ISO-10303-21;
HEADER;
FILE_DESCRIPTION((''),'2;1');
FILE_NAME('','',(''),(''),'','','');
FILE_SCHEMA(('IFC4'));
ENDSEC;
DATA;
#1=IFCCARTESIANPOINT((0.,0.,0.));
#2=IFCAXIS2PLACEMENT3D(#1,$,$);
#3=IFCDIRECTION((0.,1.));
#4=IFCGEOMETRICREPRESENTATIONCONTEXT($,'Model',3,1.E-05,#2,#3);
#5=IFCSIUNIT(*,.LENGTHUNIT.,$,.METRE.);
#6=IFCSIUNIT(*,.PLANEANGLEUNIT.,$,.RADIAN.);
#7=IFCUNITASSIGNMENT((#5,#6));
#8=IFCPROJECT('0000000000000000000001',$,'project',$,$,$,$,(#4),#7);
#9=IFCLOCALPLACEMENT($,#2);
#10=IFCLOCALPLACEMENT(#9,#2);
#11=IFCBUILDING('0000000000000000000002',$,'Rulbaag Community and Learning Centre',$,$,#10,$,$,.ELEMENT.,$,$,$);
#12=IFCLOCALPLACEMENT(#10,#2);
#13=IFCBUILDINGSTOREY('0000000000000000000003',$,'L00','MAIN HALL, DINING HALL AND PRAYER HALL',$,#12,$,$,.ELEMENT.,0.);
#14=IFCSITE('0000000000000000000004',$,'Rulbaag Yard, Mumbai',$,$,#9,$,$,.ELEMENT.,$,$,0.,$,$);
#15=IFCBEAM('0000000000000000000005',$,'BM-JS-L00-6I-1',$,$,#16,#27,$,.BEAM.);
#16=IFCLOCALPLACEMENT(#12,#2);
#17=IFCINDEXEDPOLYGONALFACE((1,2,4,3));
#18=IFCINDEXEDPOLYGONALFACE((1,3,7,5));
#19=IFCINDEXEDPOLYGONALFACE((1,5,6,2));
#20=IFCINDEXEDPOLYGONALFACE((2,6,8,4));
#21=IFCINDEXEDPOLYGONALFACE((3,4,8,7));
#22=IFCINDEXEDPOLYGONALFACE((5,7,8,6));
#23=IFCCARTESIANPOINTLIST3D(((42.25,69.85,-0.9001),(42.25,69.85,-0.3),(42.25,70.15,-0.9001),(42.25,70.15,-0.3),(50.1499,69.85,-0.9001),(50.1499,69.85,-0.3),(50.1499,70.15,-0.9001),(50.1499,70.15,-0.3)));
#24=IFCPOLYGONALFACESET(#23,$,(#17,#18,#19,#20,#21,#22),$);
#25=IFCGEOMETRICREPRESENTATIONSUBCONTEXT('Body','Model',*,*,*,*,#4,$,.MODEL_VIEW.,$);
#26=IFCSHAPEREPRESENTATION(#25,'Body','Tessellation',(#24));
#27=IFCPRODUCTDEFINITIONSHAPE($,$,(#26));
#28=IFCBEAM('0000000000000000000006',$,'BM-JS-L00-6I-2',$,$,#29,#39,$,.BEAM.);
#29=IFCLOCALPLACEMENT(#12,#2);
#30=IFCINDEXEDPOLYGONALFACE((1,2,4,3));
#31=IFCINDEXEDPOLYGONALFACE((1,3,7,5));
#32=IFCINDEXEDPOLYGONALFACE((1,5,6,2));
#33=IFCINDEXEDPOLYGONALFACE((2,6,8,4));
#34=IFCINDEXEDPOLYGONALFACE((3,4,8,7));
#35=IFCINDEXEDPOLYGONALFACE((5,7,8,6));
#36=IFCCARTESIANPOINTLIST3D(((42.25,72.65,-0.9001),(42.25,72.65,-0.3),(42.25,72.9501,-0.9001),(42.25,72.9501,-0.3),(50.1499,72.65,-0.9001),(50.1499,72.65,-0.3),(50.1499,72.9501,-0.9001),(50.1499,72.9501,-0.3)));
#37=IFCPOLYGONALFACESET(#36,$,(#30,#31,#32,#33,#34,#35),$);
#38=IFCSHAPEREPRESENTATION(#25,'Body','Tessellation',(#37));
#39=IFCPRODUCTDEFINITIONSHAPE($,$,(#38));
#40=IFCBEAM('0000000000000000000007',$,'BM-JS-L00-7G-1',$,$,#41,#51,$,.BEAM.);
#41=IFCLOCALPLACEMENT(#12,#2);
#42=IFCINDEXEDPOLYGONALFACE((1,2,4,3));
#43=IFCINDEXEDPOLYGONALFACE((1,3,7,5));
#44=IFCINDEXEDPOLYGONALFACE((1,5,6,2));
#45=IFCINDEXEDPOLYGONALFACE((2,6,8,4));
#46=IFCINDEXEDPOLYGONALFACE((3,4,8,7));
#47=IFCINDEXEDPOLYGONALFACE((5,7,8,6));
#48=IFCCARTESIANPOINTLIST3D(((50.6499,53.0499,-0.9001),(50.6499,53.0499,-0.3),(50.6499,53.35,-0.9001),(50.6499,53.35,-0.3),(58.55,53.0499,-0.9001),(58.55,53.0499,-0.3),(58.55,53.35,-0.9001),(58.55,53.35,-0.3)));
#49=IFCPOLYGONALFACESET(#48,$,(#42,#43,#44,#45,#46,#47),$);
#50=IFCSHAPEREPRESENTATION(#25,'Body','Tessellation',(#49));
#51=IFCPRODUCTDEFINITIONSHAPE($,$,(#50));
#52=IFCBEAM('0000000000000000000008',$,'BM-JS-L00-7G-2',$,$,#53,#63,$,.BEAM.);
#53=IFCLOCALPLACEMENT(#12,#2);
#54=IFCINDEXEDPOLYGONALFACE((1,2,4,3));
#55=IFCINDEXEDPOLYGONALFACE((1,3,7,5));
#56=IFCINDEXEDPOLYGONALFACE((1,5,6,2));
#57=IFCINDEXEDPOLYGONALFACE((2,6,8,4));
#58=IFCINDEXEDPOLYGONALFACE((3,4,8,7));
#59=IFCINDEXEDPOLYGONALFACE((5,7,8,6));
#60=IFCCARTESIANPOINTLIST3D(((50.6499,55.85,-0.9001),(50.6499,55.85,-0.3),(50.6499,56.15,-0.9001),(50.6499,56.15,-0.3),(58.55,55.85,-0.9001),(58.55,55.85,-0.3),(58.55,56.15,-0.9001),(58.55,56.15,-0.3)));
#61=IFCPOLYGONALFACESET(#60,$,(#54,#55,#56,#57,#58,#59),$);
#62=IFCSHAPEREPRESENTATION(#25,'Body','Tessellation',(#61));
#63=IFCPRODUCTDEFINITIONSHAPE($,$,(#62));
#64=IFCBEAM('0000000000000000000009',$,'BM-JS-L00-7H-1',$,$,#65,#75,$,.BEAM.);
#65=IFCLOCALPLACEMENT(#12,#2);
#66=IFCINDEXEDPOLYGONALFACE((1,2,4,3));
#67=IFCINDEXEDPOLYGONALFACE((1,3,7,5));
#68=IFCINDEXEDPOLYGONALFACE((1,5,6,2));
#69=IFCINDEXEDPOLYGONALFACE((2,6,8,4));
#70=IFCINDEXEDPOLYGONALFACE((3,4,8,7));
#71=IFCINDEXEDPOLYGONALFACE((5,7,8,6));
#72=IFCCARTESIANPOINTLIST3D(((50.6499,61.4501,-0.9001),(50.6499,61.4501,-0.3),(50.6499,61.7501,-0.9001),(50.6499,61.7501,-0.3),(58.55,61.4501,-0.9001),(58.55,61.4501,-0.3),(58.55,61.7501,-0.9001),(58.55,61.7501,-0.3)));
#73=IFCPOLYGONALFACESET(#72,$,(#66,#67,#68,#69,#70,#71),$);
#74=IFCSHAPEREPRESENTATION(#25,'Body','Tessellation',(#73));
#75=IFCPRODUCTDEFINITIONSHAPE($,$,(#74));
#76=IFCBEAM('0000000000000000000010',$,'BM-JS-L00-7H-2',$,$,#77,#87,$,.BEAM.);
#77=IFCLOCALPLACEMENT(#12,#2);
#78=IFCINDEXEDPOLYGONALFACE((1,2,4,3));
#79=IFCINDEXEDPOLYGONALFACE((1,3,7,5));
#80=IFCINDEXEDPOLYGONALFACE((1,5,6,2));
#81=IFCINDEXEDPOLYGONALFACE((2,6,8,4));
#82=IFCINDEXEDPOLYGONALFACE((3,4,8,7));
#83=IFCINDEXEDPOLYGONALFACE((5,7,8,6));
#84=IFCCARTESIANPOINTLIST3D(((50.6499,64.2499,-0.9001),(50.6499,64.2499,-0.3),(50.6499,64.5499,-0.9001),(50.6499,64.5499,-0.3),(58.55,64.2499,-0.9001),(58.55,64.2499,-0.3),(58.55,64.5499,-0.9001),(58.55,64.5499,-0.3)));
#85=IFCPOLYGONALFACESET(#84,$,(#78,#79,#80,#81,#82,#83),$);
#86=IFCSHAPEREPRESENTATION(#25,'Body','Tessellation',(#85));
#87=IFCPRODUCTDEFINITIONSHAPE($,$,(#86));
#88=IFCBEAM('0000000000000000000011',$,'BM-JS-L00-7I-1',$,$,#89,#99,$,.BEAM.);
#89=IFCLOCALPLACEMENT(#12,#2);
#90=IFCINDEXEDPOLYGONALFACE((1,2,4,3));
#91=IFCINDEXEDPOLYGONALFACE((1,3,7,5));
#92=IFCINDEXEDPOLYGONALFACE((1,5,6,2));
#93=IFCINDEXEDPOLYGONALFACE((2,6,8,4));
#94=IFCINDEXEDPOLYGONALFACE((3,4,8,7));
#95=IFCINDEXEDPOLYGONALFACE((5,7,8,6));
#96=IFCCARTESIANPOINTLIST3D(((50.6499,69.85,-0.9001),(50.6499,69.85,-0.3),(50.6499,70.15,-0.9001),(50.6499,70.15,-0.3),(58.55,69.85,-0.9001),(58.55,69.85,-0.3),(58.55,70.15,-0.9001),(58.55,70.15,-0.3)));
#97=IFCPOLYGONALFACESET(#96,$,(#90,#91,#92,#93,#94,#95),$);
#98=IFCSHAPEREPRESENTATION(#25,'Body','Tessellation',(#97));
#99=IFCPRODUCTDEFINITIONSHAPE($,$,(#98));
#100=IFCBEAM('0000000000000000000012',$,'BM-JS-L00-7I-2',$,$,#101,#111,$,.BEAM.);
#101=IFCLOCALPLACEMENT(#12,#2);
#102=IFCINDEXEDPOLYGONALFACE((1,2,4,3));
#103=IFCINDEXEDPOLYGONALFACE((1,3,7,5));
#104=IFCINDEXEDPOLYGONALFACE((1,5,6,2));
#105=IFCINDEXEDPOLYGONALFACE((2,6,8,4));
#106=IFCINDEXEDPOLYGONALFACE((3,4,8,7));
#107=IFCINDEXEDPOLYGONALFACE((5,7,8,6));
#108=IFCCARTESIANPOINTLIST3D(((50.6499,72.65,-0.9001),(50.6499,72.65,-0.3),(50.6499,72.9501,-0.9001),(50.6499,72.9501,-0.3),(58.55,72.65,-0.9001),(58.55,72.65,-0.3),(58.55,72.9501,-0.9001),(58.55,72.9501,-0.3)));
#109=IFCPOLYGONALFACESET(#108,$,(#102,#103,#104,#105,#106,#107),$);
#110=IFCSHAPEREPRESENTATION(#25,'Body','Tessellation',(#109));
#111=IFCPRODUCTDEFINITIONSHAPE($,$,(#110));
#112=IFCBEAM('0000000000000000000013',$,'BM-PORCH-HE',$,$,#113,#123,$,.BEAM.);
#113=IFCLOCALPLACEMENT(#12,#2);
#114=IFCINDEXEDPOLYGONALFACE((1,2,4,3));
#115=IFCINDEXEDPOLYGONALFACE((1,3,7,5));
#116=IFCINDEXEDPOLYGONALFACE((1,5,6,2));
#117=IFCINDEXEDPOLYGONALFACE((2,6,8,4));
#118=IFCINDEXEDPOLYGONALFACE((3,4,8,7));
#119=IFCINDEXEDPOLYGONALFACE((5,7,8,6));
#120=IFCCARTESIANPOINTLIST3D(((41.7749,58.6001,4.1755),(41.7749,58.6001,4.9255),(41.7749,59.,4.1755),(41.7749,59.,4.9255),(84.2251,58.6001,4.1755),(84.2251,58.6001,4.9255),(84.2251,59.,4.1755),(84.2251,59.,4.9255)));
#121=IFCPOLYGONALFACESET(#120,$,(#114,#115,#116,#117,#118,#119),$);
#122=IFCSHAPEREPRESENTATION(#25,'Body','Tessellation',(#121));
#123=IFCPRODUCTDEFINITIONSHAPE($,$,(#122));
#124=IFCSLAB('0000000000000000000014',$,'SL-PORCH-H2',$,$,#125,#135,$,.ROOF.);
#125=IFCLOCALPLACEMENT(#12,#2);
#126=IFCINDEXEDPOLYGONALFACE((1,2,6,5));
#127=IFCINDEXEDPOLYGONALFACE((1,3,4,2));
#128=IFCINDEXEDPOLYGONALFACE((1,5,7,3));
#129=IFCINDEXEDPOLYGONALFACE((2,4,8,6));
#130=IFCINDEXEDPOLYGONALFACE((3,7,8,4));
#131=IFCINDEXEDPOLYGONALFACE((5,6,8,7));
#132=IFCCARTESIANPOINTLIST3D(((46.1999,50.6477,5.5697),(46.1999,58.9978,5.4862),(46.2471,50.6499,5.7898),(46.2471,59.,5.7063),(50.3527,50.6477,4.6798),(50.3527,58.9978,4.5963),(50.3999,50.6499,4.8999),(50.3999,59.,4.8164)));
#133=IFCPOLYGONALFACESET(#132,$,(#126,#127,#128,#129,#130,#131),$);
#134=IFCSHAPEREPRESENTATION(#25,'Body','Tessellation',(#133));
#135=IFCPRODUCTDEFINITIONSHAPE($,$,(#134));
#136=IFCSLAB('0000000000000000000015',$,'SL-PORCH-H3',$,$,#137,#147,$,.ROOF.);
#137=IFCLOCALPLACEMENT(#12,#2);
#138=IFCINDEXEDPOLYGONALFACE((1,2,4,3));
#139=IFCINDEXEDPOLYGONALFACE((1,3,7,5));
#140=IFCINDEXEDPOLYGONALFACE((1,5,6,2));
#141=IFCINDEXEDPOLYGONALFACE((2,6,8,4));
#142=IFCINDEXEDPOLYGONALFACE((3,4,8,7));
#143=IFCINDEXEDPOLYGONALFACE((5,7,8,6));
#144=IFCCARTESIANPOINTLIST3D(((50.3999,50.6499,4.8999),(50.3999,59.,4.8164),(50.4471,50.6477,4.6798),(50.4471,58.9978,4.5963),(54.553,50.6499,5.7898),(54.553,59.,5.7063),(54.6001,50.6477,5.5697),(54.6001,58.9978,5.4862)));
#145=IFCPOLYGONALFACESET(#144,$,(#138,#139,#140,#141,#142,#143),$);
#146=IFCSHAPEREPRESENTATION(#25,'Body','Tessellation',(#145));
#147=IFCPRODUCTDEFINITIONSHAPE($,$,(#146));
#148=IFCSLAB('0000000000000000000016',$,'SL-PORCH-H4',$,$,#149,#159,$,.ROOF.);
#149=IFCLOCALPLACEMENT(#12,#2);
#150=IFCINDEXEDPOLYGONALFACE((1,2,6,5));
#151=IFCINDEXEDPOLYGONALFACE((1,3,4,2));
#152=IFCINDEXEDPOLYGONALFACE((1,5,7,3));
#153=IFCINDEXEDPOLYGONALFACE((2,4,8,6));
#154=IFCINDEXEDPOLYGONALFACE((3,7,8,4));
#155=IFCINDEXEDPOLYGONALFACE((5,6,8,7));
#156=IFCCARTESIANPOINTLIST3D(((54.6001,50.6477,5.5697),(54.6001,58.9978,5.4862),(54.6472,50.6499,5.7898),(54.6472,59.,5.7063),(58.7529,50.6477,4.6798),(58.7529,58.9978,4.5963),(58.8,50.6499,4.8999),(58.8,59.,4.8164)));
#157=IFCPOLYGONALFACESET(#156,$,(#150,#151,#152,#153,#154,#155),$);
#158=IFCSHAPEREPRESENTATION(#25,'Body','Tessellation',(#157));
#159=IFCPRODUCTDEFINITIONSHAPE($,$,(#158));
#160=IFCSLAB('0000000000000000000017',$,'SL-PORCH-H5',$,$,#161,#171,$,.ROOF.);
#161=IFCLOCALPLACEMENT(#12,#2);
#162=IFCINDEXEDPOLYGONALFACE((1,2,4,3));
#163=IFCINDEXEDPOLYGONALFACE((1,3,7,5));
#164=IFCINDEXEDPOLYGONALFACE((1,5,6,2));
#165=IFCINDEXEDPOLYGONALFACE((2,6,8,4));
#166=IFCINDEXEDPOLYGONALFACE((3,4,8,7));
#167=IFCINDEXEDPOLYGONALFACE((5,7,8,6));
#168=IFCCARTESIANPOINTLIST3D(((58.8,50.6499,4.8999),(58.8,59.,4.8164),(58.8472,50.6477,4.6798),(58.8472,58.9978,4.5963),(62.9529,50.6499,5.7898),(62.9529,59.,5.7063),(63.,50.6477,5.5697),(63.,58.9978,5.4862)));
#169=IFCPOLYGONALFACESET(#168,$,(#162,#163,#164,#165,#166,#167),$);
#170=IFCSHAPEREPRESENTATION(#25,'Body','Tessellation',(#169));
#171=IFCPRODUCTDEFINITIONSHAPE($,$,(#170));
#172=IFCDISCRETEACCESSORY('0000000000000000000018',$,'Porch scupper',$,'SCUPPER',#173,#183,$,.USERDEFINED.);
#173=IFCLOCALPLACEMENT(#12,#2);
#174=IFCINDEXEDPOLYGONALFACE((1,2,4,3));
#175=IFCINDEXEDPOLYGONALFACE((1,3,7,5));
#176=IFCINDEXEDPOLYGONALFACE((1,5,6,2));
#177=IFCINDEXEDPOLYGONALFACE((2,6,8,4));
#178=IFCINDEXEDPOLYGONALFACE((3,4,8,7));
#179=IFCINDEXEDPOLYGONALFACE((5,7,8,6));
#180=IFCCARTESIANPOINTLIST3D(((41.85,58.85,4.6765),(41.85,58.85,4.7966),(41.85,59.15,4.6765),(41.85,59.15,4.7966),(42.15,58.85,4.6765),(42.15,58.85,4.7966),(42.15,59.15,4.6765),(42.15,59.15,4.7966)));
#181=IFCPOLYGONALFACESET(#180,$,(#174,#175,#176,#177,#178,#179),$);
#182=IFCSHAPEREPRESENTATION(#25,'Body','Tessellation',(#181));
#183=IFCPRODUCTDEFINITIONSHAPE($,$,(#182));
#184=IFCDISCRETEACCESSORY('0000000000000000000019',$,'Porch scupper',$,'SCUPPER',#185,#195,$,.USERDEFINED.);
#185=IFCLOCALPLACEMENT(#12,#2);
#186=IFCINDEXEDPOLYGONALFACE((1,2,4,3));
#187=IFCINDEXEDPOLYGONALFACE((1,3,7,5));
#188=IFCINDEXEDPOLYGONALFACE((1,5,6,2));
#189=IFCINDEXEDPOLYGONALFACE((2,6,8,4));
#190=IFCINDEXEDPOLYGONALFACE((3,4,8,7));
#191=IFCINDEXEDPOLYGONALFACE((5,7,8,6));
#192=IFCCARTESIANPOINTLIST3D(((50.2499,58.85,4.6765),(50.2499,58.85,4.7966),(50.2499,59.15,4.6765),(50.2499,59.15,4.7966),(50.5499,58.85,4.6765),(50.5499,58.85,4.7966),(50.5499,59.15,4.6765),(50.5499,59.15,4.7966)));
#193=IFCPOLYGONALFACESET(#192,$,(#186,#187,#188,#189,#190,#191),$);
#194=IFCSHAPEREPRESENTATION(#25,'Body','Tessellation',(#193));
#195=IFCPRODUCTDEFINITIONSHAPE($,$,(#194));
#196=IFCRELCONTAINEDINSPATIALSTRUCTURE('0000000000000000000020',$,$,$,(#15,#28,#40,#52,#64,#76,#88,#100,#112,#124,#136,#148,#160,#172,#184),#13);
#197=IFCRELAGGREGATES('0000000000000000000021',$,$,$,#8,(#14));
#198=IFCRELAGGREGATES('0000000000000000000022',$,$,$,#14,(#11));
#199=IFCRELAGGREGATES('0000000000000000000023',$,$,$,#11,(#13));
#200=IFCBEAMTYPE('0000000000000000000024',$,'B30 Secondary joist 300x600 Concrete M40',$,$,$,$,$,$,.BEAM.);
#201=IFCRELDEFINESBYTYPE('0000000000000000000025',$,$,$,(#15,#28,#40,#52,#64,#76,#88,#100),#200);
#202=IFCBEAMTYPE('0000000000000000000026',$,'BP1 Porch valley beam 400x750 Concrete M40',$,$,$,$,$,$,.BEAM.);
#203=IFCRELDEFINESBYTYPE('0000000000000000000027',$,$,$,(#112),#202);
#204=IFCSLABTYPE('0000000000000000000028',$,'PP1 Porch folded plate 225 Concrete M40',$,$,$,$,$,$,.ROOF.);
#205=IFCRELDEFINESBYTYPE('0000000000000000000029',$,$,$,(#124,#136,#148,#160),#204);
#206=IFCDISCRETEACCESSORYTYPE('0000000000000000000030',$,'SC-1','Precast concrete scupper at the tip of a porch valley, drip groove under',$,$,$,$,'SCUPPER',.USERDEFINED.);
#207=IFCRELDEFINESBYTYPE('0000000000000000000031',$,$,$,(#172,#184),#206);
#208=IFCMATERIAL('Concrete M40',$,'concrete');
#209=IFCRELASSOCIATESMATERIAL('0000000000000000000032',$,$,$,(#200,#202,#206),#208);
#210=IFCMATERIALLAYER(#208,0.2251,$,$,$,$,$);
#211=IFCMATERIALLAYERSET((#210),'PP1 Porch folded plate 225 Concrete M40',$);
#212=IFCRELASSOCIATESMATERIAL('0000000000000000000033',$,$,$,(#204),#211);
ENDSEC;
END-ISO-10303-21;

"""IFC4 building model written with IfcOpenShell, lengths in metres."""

from ifc_helpers import new_model, si_unit, direction, frame, origin, origin_2d, place, context, subcontext, project, spatial, polyline, rectangle, outline, extrude, material, layer, layer_set, material_profile, profile_set, type_object, element, save


model = new_model("IFC4")

# Units and contexts
model_context = context("Model", 3, precision=1e-05, world=origin(), true_north=direction((0.0, 1.0)))
body_context = subcontext(model_context, "Body", "Model", "MODEL_VIEW")
ifc_project = project(units=[si_unit("LENGTHUNIT", "METRE"), si_unit("PLANEANGLEUNIT", "RADIAN")], contexts=[model_context])

# Site, building, storey
site_placement = place(None, origin())
site = spatial("IfcSite", under=ifc_project, at=site_placement, Name="Rulbaag Yard, Mumbai", CompositionType="ELEMENT", RefElevation=0.0)
building_placement = place(site_placement, origin())
building = spatial("IfcBuilding", under=site, at=building_placement, Name="Rulbaag Community and Learning Centre", CompositionType="ELEMENT")
storey_placement = place(building_placement, origin())
storey = spatial("IfcBuildingStorey", under=building, at=storey_placement, Name="L00", Description="MAIN HALL, DINING HALL AND PRAYER HALL", CompositionType="ELEMENT", Elevation=0.0)

# Shared definitions
ifc_material = material(Name="Concrete M40", Category="concrete")

# Beams
ifc_material_profile_1 = material_profile(ifc_material, rectangle(XDim=0.3, YDim=0.6001, at=origin_2d()), Name="RB300x600")
ifc_profile_set_1 = profile_set([ifc_material_profile_1], Name="Concrete M40")
beam_type_1 = type_object("IfcBeamType", Name="B30 Secondary joist 300x600 Concrete M40", PredefinedType="BEAM", material=ifc_profile_set_1)
for number, where, z_axis, x_axis, name in (
    (1, (42.25, 70.0, -0.6001), (1.0, 0.0, 0.0), (0.0, 1.0, 0.0), "BM-JS-L00-6I-1"),
    (2, (42.25, 72.8, -0.6001), (1.0, 0.0, 0.0), (0.0, 1.0, 0.0), "BM-JS-L00-6I-2"),
):
    element("IfcBeam", number, at=place(storey_placement, frame(where, z_axis=z_axis, x_axis=x_axis)), inside=storey, type_object=beam_type_1, Name=name, PredefinedType="BEAM", context=body_context, shape_type="SweptSolid", body=[
        extrude(rectangle(XDim=0.3, YDim=0.6001, at=origin_2d()), origin(), (0.0, 0.0, 1.0), 7.8999),
    ])
for number, where, z_axis, x_axis, name in (
    (3, (50.6499, 53.2, -0.6001), (1.0, 0.0, 0.0), (0.0, 1.0, 0.0), "BM-JS-L00-7G-1"),
    (4, (50.6499, 56.0, -0.6001), (1.0, 0.0, 0.0), (0.0, 1.0, 0.0), "BM-JS-L00-7G-2"),
    (5, (50.6499, 61.6001, -0.6001), (1.0, 0.0, 0.0), (0.0, 1.0, 0.0), "BM-JS-L00-7H-1"),
    (6, (50.6499, 64.3999, -0.6001), (1.0, 0.0, 0.0), (0.0, 1.0, 0.0), "BM-JS-L00-7H-2"),
    (7, (50.6499, 70.0, -0.6001), (1.0, 0.0, 0.0), (0.0, 1.0, 0.0), "BM-JS-L00-7I-1"),
    (8, (50.6499, 72.8, -0.6001), (1.0, 0.0, 0.0), (0.0, 1.0, 0.0), "BM-JS-L00-7I-2"),
):
    element("IfcBeam", number, at=place(storey_placement, frame(where, z_axis=z_axis, x_axis=x_axis)), inside=storey, type_object=beam_type_1, Name=name, PredefinedType="BEAM", context=body_context, shape_type="SweptSolid", body=[
        extrude(rectangle(XDim=0.3, YDim=0.6001, at=origin_2d()), origin(), (0.0, 0.0, 1.0), 7.9001),
    ])
ifc_material_profile_2 = material_profile(ifc_material, rectangle(XDim=0.3999, YDim=0.75, at=origin_2d()), Name="RB400x750")
ifc_profile_set_2 = profile_set([ifc_material_profile_2], Name="Concrete M40")
beam_type_2 = type_object("IfcBeamType", Name="BP1 Porch valley beam 400x750 Concrete M40", PredefinedType="BEAM", material=ifc_profile_set_2)
beam_placement = place(storey_placement, frame((41.7749, 58.8, 4.5505), z_axis=(1.0, 0.0, 0.0), x_axis=(0.0, 1.0, 0.0)))
element("IfcBeam", 9, at=beam_placement, inside=storey, type_object=beam_type_2, Name="BM-PORCH-HE", PredefinedType="BEAM", context=body_context, shape_type="SweptSolid", body=[
    extrude(rectangle(XDim=0.3999, YDim=0.75, at=origin_2d()), origin(), (0.0, 0.0, 1.0), 42.4502),
])

# Slabs
ifc_layer = layer(ifc_material, 0.2251)
ifc_layer_set = layer_set([ifc_layer], Name="PP1 Porch folded plate 225 Concrete M40")
slab_type = type_object("IfcSlabType", Name="PP1 Porch folded plate 225 Concrete M40", PredefinedType="ROOF", material=ifc_layer_set)
slab_1_placement = place(storey_placement, frame((46.2471, 50.6499, 5.7898), z_axis=(0.209519, 0.009777, 0.977756), x_axis=(0.0, 0.99995, -0.009999)))
element("IfcSlab", 10, at=slab_1_placement, inside=storey, type_object=slab_type, Name="SL-PORCH-H2", PredefinedType="ROOF", context=body_context, shape_type="SweptSolid", body=[
    extrude(outline(polyline([(0.0, 0.0), (8.3505, 0.0), (8.3594, -4.2471), (0.0089, -4.2471), (0.0, 0.0)])), origin(), (0.0, 0.0, -1.0), 0.2251),
])
slab_2_placement = place(storey_placement, frame((50.3999, 50.6499, 4.8999), z_axis=(-0.209507, 0.009777, 0.977758), x_axis=(0.0, 0.99995, -0.009999)))
element("IfcSlab", 11, at=slab_2_placement, inside=storey, type_object=slab_type, Name="SL-PORCH-H3", PredefinedType="ROOF", context=body_context, shape_type="SweptSolid", body=[
    extrude(outline(polyline([(0.0, 0.0), (8.3505, 0.0), (8.3416, -4.2473), (-0.0089, -4.2473), (0.0, 0.0)])), origin(), (0.0, 0.0, -1.0), 0.2251),
])
slab_3_placement = place(storey_placement, frame((54.6472, 50.6499, 5.7898), z_axis=(0.209519, 0.009777, 0.977756), x_axis=(0.0, 0.99995, -0.009999)))
element("IfcSlab", 12, at=slab_3_placement, inside=storey, type_object=slab_type, Name="SL-PORCH-H4", PredefinedType="ROOF", context=body_context, shape_type="SweptSolid", body=[
    extrude(outline(polyline([(0.0, 0.0), (8.3505, 0.0), (8.3594, -4.2471), (0.0089, -4.2471), (0.0, 0.0)])), origin(), (0.0, 0.0, -1.0), 0.2251),
])
slab_4_placement = place(storey_placement, frame((58.8, 50.6499, 4.8999), z_axis=(-0.209519, 0.009777, 0.977756), x_axis=(0.0, 0.99995, -0.009999)))
element("IfcSlab", 13, at=slab_4_placement, inside=storey, type_object=slab_type, Name="SL-PORCH-H5", PredefinedType="ROOF", context=body_context, shape_type="SweptSolid", body=[
    extrude(outline(polyline([(0.0, 0.0), (8.3505, 0.0), (8.3416, -4.2471), (-0.0089, -4.2471), (0.0, 0.0)])), origin(), (0.0, 0.0, -1.0), 0.2251),
])

# Discrete accessories
discrete_accessory_type = type_object("IfcDiscreteAccessoryType", Name="SC-1", Description="Precast concrete scupper at the tip of a porch valley, drip groove under", ElementType="SCUPPER", PredefinedType="USERDEFINED", material=ifc_material)
for number, where, z_axis, x_axis, name in (
    (14, (42.0, 59.0, 4.6765), (0.0, 0.0, 1.0), (1.0, 0.0, 0.0), "Porch scupper"),
    (15, (50.3999, 59.0, 4.6765), (0.0, 0.0, 1.0), (1.0, 0.0, 0.0), "Porch scupper"),
):
    element("IfcDiscreteAccessory", number, at=place(storey_placement, frame(where, z_axis=z_axis, x_axis=x_axis)), inside=storey, type_object=discrete_accessory_type, Name=name, ObjectType="SCUPPER", PredefinedType="USERDEFINED", context=body_context, shape_type="SweptSolid", body=[
        extrude(rectangle(XDim=0.3, YDim=0.3, at=origin_2d()), origin(), (0.0, 0.0, 1.0), 0.1201),
    ])

save(model, "model.ifc")
